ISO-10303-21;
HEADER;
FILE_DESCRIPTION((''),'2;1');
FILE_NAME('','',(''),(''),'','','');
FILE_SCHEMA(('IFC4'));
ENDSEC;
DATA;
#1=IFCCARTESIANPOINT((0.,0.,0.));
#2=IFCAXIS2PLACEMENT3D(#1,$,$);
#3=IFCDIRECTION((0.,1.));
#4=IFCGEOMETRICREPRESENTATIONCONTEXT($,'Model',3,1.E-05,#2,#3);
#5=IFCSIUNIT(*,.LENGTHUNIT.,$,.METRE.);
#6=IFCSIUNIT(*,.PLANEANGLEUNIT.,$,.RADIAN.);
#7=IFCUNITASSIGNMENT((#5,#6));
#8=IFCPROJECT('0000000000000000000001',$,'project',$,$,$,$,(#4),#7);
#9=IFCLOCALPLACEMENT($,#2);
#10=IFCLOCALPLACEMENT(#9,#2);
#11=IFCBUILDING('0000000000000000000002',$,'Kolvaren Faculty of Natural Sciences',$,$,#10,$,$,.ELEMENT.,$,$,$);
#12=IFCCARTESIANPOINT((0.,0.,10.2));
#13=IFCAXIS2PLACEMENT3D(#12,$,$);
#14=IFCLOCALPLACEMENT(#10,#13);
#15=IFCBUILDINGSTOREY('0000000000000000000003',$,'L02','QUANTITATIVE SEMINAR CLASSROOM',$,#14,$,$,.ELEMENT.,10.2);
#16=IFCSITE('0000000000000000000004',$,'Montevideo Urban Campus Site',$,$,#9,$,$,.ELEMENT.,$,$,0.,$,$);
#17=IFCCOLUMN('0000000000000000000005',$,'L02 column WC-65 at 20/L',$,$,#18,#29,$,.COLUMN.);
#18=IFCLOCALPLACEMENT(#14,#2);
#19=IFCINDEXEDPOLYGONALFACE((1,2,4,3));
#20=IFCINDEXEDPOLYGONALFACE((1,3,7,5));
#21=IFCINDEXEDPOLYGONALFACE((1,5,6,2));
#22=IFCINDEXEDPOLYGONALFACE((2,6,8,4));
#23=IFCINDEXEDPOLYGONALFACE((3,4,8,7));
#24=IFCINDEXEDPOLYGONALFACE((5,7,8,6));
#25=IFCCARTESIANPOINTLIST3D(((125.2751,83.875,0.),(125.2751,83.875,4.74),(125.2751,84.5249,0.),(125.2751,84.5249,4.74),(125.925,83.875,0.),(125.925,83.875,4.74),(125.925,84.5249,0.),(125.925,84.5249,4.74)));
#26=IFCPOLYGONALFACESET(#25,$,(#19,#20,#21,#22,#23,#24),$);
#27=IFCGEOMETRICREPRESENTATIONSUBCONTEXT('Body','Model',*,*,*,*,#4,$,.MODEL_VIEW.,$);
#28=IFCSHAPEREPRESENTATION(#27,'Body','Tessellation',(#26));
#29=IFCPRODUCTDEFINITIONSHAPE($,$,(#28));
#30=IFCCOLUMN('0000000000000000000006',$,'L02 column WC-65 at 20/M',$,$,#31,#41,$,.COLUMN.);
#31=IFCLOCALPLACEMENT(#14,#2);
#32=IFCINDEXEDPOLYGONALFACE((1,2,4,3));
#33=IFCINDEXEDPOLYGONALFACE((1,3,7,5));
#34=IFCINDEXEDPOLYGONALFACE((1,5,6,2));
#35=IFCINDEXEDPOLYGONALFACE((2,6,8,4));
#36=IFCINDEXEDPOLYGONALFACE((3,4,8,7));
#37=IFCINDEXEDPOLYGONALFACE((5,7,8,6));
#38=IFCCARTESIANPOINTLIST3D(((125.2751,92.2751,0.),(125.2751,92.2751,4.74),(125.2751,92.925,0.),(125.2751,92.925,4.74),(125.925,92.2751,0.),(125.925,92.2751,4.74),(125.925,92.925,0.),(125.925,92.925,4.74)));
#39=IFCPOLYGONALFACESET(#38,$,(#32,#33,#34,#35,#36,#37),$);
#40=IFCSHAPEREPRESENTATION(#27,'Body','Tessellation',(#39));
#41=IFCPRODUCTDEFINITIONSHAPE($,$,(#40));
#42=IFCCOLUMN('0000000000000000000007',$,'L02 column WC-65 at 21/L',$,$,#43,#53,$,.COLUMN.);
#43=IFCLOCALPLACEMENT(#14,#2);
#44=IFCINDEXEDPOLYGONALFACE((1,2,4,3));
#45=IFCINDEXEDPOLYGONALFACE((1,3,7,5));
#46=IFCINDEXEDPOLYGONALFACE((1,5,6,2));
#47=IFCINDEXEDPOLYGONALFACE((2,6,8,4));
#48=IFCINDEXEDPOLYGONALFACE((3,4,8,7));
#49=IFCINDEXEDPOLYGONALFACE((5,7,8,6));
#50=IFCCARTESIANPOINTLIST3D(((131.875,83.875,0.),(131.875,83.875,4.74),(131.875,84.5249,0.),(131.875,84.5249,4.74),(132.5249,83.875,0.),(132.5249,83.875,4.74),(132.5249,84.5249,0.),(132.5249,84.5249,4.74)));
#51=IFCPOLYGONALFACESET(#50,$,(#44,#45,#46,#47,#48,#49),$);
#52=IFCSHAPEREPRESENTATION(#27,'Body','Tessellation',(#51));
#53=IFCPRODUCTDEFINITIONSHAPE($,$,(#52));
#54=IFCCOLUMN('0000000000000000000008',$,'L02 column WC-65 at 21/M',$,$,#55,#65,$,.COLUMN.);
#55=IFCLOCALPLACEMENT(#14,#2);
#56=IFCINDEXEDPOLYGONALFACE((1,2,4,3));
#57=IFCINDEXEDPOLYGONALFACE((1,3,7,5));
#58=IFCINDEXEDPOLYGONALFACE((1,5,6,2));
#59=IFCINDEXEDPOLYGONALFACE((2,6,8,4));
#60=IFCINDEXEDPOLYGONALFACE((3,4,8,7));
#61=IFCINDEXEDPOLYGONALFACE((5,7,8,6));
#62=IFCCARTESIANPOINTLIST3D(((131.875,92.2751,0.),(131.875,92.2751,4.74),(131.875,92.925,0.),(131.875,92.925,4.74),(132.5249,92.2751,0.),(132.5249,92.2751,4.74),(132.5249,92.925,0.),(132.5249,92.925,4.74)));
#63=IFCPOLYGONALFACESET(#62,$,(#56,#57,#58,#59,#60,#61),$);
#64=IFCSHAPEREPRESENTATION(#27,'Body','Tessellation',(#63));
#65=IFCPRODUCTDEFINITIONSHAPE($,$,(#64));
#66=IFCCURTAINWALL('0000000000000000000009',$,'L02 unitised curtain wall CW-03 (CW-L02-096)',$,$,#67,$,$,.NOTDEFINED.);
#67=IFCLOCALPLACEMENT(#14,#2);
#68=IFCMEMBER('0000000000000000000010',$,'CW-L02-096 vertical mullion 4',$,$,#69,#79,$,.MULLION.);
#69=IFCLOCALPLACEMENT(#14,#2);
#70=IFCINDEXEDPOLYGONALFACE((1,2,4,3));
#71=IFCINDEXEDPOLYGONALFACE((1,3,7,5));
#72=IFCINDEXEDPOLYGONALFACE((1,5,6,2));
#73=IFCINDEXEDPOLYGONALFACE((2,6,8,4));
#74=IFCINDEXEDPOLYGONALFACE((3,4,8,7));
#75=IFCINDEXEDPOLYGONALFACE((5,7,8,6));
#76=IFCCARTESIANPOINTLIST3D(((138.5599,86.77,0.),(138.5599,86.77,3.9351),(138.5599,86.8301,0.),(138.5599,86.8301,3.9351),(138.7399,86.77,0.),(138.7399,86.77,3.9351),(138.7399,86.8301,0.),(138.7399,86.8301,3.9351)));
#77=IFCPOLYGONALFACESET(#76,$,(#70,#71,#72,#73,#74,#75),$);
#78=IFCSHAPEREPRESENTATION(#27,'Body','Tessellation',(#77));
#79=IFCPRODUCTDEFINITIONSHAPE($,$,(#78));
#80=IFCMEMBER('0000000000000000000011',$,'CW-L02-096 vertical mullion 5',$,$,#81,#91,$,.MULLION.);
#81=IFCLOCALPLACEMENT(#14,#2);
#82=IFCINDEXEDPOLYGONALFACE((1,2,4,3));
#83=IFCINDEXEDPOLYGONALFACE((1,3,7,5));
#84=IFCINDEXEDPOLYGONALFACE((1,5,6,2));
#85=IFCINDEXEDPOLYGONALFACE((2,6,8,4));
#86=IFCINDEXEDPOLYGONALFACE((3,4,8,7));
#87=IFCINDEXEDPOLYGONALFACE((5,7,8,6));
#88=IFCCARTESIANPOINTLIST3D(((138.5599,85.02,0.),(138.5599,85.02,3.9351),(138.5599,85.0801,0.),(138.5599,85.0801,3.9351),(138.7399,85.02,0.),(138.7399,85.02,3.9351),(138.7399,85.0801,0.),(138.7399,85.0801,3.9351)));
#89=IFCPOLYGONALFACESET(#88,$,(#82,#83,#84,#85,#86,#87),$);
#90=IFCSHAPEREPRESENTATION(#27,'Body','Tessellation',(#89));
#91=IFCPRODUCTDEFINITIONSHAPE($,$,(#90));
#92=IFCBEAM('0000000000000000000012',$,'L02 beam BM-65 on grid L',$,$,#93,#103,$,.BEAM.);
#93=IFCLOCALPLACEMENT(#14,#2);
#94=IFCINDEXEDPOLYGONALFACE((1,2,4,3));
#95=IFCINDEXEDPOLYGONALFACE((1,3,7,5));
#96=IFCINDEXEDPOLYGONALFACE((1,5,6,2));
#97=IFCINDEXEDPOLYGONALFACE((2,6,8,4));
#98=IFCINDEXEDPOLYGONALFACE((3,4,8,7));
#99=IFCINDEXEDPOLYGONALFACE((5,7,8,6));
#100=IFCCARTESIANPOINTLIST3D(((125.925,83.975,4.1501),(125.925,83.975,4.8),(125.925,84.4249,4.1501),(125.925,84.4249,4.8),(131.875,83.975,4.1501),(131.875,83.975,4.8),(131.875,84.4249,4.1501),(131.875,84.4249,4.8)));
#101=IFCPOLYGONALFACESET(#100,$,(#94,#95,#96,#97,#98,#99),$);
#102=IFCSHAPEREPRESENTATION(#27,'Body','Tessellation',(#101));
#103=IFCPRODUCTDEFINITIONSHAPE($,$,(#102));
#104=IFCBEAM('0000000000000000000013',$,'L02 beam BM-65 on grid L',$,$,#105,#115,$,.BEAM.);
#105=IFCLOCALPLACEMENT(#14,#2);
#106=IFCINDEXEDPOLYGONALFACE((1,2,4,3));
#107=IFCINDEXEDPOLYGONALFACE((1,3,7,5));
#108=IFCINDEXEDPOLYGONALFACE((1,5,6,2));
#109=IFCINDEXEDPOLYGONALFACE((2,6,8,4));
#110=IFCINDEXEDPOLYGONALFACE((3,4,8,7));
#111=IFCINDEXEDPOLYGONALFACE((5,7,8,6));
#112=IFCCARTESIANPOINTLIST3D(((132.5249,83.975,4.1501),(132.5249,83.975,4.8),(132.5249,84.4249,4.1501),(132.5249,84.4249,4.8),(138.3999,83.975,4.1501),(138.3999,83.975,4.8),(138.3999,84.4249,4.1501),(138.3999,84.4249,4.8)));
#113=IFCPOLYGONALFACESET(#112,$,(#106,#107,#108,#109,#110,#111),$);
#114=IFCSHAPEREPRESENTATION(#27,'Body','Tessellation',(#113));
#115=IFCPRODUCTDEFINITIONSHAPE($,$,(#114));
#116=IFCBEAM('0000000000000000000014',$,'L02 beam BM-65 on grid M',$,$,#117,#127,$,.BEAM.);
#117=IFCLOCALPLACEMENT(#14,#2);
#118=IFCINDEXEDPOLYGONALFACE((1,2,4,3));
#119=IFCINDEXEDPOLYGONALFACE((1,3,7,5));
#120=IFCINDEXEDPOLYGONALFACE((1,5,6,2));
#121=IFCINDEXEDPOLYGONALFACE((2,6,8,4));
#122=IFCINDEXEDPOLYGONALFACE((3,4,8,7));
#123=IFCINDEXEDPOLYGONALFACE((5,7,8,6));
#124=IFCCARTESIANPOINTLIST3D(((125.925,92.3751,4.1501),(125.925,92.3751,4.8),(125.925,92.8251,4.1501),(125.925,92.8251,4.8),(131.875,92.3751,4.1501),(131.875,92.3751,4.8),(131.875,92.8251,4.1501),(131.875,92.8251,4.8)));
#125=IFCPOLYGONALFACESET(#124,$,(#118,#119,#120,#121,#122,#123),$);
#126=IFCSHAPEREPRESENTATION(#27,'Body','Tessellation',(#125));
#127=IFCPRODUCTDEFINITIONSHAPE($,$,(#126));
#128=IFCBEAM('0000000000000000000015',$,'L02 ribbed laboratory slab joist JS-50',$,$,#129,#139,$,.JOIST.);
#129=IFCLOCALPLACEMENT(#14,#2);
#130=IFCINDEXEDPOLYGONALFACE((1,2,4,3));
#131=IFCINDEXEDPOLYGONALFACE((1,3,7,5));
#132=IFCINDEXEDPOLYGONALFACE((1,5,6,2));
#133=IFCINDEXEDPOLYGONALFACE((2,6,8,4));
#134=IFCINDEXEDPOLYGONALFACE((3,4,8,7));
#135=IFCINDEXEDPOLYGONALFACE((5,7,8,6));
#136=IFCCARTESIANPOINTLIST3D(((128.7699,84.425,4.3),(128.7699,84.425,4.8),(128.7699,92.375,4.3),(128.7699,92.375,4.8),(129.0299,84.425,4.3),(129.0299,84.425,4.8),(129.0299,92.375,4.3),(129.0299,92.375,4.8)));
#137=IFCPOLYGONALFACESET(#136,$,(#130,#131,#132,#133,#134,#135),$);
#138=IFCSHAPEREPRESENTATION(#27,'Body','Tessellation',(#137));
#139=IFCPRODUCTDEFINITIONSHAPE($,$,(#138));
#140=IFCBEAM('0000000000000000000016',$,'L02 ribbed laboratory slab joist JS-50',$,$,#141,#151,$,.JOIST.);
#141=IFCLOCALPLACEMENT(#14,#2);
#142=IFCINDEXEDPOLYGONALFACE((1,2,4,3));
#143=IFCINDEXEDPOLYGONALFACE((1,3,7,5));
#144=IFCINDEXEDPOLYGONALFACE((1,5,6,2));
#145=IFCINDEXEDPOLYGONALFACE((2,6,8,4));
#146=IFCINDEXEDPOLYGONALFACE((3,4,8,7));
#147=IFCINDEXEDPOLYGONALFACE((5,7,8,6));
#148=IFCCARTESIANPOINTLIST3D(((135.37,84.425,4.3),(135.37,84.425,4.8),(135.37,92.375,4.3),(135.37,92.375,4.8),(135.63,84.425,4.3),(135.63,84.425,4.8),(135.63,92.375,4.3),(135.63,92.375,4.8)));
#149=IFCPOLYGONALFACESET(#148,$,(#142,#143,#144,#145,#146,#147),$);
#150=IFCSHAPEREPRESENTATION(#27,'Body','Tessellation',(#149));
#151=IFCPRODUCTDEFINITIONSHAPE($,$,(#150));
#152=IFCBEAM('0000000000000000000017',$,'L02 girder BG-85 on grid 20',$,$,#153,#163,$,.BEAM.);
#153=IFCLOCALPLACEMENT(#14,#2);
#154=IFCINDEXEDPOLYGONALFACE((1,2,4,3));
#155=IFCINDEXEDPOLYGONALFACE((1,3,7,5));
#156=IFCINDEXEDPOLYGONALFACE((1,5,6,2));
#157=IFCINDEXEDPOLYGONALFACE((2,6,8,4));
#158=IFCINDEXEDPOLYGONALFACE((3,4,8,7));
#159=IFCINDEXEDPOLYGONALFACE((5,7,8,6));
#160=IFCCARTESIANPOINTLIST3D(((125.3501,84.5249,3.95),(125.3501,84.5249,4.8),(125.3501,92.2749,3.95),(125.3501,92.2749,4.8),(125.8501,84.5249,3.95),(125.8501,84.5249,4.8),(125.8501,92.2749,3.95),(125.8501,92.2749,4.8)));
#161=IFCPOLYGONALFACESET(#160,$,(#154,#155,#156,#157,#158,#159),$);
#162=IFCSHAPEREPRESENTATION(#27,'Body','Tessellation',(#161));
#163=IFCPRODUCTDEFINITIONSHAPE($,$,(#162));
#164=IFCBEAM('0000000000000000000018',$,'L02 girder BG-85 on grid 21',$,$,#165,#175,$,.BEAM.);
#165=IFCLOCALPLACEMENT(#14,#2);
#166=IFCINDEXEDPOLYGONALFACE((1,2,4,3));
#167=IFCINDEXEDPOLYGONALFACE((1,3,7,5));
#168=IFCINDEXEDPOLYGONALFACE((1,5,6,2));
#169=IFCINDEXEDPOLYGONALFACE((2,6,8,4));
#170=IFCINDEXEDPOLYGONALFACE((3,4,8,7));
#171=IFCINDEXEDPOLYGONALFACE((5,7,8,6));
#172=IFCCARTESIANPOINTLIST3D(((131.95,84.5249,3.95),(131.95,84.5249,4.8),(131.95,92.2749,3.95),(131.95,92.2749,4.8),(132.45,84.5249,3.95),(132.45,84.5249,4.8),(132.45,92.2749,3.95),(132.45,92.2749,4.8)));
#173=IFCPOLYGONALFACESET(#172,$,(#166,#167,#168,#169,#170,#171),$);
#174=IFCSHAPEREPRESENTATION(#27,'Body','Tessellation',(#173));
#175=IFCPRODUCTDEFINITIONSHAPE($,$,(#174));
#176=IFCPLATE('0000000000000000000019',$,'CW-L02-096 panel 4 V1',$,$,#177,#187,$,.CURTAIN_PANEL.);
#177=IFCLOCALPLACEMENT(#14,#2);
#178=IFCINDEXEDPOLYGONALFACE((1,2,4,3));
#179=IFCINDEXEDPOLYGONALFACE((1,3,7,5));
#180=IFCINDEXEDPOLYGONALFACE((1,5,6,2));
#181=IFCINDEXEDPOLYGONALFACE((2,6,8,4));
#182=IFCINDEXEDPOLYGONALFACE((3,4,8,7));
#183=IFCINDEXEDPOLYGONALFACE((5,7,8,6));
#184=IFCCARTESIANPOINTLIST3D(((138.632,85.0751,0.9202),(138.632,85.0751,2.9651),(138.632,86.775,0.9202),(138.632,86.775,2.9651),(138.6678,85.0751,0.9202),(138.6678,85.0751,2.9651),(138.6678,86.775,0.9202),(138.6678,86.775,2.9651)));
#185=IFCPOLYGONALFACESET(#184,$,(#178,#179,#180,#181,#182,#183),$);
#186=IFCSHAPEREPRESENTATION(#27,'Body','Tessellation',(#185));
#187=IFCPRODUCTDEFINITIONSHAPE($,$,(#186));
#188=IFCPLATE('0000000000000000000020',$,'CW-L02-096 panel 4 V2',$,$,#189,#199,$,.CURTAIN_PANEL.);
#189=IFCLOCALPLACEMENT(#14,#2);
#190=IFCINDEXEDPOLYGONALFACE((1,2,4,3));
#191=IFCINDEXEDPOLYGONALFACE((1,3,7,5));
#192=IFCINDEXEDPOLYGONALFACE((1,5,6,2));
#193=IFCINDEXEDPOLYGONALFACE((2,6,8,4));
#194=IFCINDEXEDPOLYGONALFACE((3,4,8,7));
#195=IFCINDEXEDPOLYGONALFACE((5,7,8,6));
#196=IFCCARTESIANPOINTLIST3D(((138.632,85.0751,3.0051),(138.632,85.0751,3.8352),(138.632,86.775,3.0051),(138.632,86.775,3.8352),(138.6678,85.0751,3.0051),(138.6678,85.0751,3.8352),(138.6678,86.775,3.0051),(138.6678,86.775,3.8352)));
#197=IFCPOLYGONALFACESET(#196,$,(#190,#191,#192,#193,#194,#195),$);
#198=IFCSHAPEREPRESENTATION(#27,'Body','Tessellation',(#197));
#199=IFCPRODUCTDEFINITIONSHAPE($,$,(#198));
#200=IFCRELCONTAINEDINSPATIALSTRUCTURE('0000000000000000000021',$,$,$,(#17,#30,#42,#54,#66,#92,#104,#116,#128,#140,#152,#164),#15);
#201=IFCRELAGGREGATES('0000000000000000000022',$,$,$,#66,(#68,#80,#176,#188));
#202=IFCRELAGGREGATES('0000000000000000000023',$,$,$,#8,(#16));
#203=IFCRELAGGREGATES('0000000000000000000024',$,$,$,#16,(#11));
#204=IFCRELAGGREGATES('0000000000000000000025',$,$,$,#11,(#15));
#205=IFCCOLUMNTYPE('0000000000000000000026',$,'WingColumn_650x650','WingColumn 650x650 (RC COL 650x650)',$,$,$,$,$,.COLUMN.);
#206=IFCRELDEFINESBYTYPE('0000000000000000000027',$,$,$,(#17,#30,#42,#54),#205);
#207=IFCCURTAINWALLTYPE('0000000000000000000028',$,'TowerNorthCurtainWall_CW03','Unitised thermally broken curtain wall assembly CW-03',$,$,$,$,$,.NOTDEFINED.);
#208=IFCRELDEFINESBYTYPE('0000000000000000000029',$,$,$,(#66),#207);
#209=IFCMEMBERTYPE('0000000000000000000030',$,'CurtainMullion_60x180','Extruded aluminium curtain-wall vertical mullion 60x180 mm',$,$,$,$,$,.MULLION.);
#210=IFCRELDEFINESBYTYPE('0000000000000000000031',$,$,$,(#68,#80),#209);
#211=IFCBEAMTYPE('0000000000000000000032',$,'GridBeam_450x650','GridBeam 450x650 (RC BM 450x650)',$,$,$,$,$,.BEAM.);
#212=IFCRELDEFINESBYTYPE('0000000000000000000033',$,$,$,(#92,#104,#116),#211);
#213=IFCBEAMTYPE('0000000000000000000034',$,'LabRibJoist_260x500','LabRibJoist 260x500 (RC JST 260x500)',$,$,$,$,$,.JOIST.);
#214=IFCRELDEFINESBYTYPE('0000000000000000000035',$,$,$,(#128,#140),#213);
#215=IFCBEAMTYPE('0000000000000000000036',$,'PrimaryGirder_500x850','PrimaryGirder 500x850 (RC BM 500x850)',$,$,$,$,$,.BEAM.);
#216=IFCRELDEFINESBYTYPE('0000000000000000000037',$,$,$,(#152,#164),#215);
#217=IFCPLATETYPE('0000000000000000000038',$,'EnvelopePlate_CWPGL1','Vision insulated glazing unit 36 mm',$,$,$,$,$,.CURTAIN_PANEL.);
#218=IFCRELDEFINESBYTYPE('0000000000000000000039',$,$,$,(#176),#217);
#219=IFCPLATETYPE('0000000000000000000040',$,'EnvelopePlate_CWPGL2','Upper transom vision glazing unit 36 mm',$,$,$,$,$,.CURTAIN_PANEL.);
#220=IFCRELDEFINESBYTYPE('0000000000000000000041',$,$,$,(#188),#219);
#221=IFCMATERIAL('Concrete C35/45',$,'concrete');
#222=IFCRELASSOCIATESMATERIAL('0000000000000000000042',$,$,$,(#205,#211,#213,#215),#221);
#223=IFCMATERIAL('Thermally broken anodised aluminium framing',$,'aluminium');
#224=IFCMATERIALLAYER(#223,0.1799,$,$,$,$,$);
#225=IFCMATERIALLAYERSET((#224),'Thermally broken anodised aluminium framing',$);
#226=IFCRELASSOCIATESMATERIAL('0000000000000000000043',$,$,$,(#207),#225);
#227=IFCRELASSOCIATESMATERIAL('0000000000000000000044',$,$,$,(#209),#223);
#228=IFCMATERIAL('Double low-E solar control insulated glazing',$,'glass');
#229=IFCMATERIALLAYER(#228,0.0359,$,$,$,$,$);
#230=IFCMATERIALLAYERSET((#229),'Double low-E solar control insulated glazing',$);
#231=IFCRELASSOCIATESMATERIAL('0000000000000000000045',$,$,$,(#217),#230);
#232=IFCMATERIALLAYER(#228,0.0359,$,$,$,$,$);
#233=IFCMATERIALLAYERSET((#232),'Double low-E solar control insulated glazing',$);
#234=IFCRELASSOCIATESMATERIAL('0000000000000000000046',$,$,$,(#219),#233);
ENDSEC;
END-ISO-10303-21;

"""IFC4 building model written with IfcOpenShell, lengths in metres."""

from ifc_helpers import new_model, si_unit, direction, frame, origin, origin_2d, place, context, subcontext, project, spatial, rectangle, extrude, material, layer, layer_set, material_profile, profile_set, type_object, element, aggregate, save


model = new_model("IFC4")

# Units and contexts
model_context = context("Model", 3, precision=1e-05, world=origin(), true_north=direction((0.0, 1.0)))
body_context = subcontext(model_context, "Body", "Model", "MODEL_VIEW")
ifc_project = project(units=[si_unit("LENGTHUNIT", "METRE"), si_unit("PLANEANGLEUNIT", "RADIAN")], contexts=[model_context])

# Site, building, storey
site_placement = place(None, origin())
site = spatial("IfcSite", under=ifc_project, at=site_placement, Name="Montevideo Urban Campus Site", CompositionType="ELEMENT", RefElevation=0.0)
building_placement = place(site_placement, origin())
building = spatial("IfcBuilding", under=site, at=building_placement, Name="Kolvaren Faculty of Natural Sciences", CompositionType="ELEMENT")
storey_placement = place(building_placement, frame((0.0, 0.0, 10.2)))
storey = spatial("IfcBuildingStorey", under=building, at=storey_placement, Name="L02", Description="QUANTITATIVE SEMINAR CLASSROOM", CompositionType="ELEMENT", Elevation=10.2)

# Columns
ifc_material_1 = material(Name="Concrete C35/45", Category="concrete")
ifc_material_profile_1 = material_profile(ifc_material_1, rectangle(XDim=0.6499, YDim=0.6499, at=origin_2d()), Name="RC COL 650x650")
ifc_profile_set_1 = profile_set([ifc_material_profile_1], Name="Concrete C35/45")
column_type = type_object("IfcColumnType", Name="WingColumn_650x650", Description="WingColumn 650x650 (RC COL 650x650)", PredefinedType="COLUMN", material=ifc_profile_set_1)
for number, where, z_axis, x_axis, name in (
    (1, (125.6001, 84.2, 0.0), (0.0, 0.0, 1.0), (1.0, 0.0, 0.0), "L02 column WC-65 at 20/L"),
    (2, (125.6001, 92.6001, 0.0), (0.0, 0.0, 1.0), (1.0, 0.0, 0.0), "L02 column WC-65 at 20/M"),
    (3, (132.2, 84.2, 0.0), (0.0, 0.0, 1.0), (1.0, 0.0, 0.0), "L02 column WC-65 at 21/L"),
    (4, (132.2, 92.6001, 0.0), (0.0, 0.0, 1.0), (1.0, 0.0, 0.0), "L02 column WC-65 at 21/M"),
):
    element("IfcColumn", number, at=place(storey_placement, frame(where, z_axis=z_axis, x_axis=x_axis)), inside=storey, type_object=column_type, Name=name, PredefinedType="COLUMN", context=body_context, shape_type="SweptSolid", body=[
        extrude(rectangle(XDim=0.6499, YDim=0.6499, at=origin_2d()), origin(), (0.0, 0.0, 1.0), 4.74),
    ])

# Curtain wall, members
ifc_material_2 = material(Name="Thermally broken anodised aluminium framing", Category="aluminium")
ifc_layer_1 = layer(ifc_material_2, 0.1799)
ifc_layer_set_1 = layer_set([ifc_layer_1], Name="Thermally broken anodised aluminium framing")
curtain_wall_type = type_object("IfcCurtainWallType", Name="TowerNorthCurtainWall_CW03", Description="Unitised thermally broken curtain wall assembly CW-03", PredefinedType="NOTDEFINED", material=ifc_layer_set_1)
curtain_wall_placement = place(storey_placement, origin())
curtain_wall = element("IfcCurtainWall", 5, at=curtain_wall_placement, inside=storey, type_object=curtain_wall_type, Name="L02 unitised curtain wall CW-03 (CW-L02-096)", PredefinedType="NOTDEFINED")
ifc_material_profile_2 = material_profile(ifc_material_2, rectangle(XDim=0.0601, YDim=0.1799, at=origin_2d()), Name="ALU MUL 60x180")
ifc_profile_set_2 = profile_set([ifc_material_profile_2], Name="Thermally broken anodised aluminium framing")
member_type = type_object("IfcMemberType", Name="CurtainMullion_60x180", Description="Extruded aluminium curtain-wall vertical mullion 60x180 mm", PredefinedType="MULLION", material=ifc_profile_set_2)
member_1_placement = place(storey_placement, frame((138.6499, 86.8, 0.0), z_axis=(0.0, 0.0, 1.0), x_axis=(0.0, -1.0, 0.0)))
member_1 = element("IfcMember", 6, at=member_1_placement, type_object=member_type, Name="CW-L02-096 vertical mullion 4", PredefinedType="MULLION", context=body_context, shape_type="SweptSolid", body=[
    extrude(rectangle(XDim=0.0601, YDim=0.1799, at=origin_2d()), origin(), (0.0, 0.0, 1.0), 3.9351),
])
member_2_placement = place(storey_placement, frame((138.6499, 85.05, 0.0), z_axis=(0.0, 0.0, 1.0), x_axis=(0.0, -1.0, 0.0)))
member_2 = element("IfcMember", 7, at=member_2_placement, type_object=member_type, Name="CW-L02-096 vertical mullion 5", PredefinedType="MULLION", context=body_context, shape_type="SweptSolid", body=[
    extrude(rectangle(XDim=0.0601, YDim=0.1799, at=origin_2d()), origin(), (0.0, 0.0, 1.0), 3.9351),
])

# Beams
ifc_material_profile_3 = material_profile(ifc_material_1, rectangle(XDim=0.45, YDim=0.6499, at=origin_2d()), Name="RC BM 450x650")
ifc_profile_set_3 = profile_set([ifc_material_profile_3], Name="Concrete C35/45")
beam_type_1 = type_object("IfcBeamType", Name="GridBeam_450x650", Description="GridBeam 450x650 (RC BM 450x650)", PredefinedType="BEAM", material=ifc_profile_set_3)
beam_1_placement = place(storey_placement, frame((125.925, 84.2, 4.4751), z_axis=(1.0, 0.0, 0.0), x_axis=(0.0, 1.0, 0.0)))
element("IfcBeam", 8, at=beam_1_placement, inside=storey, type_object=beam_type_1, Name="L02 beam BM-65 on grid L", PredefinedType="BEAM", context=body_context, shape_type="SweptSolid", body=[
    extrude(rectangle(XDim=0.45, YDim=0.6499, at=origin_2d()), origin(), (0.0, 0.0, 1.0), 5.95),
])
beam_2_placement = place(storey_placement, frame((132.5249, 84.2, 4.4751), z_axis=(1.0, 0.0, 0.0), x_axis=(0.0, 1.0, 0.0)))
element("IfcBeam", 9, at=beam_2_placement, inside=storey, type_object=beam_type_1, Name="L02 beam BM-65 on grid L", PredefinedType="BEAM", context=body_context, shape_type="SweptSolid", body=[
    extrude(rectangle(XDim=0.45, YDim=0.6499, at=origin_2d()), origin(), (0.0, 0.0, 1.0), 5.875),
])
beam_3_placement = place(storey_placement, frame((125.925, 92.6001, 4.4751), z_axis=(1.0, 0.0, 0.0), x_axis=(0.0, 1.0, 0.0)))
element("IfcBeam", 10, at=beam_3_placement, inside=storey, type_object=beam_type_1, Name="L02 beam BM-65 on grid M", PredefinedType="BEAM", context=body_context, shape_type="SweptSolid", body=[
    extrude(rectangle(XDim=0.45, YDim=0.6499, at=origin_2d()), origin(), (0.0, 0.0, 1.0), 5.95),
])
ifc_material_profile_4 = material_profile(ifc_material_1, rectangle(XDim=0.26, YDim=0.5, at=origin_2d()), Name="RC JST 260x500")
ifc_profile_set_4 = profile_set([ifc_material_profile_4], Name="Concrete C35/45")
beam_type_2 = type_object("IfcBeamType", Name="LabRibJoist_260x500", Description="LabRibJoist 260x500 (RC JST 260x500)", PredefinedType="JOIST", material=ifc_profile_set_4)
for number, where, z_axis, x_axis, name in (
    (11, (128.8999, 84.425, 4.55), (0.0, 1.0, 0.0), (-1.0, 0.0, 0.0), "L02 ribbed laboratory slab joist JS-50"),
    (12, (135.5, 84.425, 4.55), (0.0, 1.0, 0.0), (-1.0, 0.0, 0.0), "L02 ribbed laboratory slab joist JS-50"),
):
    element("IfcBeam", number, at=place(storey_placement, frame(where, z_axis=z_axis, x_axis=x_axis)), inside=storey, type_object=beam_type_2, Name=name, PredefinedType="JOIST", context=body_context, shape_type="SweptSolid", body=[
        extrude(rectangle(XDim=0.26, YDim=0.5, at=origin_2d()), origin(), (0.0, 0.0, 1.0), 7.95),
    ])
ifc_material_profile_5 = material_profile(ifc_material_1, rectangle(XDim=0.5, YDim=0.8501, at=origin_2d()), Name="RC BM 500x850")
ifc_profile_set_5 = profile_set([ifc_material_profile_5], Name="Concrete C35/45")
beam_type_3 = type_object("IfcBeamType", Name="PrimaryGirder_500x850", Description="PrimaryGirder 500x850 (RC BM 500x850)", PredefinedType="BEAM", material=ifc_profile_set_5)
for number, where, z_axis, x_axis, name in (
    (13, (125.6001, 84.5249, 4.375), (0.0, 1.0, 0.0), (-1.0, 0.0, 0.0), "L02 girder BG-85 on grid 20"),
    (14, (132.2, 84.5249, 4.375), (0.0, 1.0, 0.0), (-1.0, 0.0, 0.0), "L02 girder BG-85 on grid 21"),
):
    element("IfcBeam", number, at=place(storey_placement, frame(where, z_axis=z_axis, x_axis=x_axis)), inside=storey, type_object=beam_type_3, Name=name, PredefinedType="BEAM", context=body_context, shape_type="SweptSolid", body=[
        extrude(rectangle(XDim=0.5, YDim=0.8501, at=origin_2d()), origin(), (0.0, 0.0, 1.0), 7.75),
    ])

# Plates
ifc_material_3 = material(Name="Double low-E solar control insulated glazing", Category="glass")
ifc_layer_2 = layer(ifc_material_3, 0.0359)
ifc_layer_set_2 = layer_set([ifc_layer_2], Name="Double low-E solar control insulated glazing")
plate_type_1 = type_object("IfcPlateType", Name="EnvelopePlate_CWPGL1", Description="Vision insulated glazing unit 36 mm", PredefinedType="CURTAIN_PANEL", material=ifc_layer_set_2)
plate_1_placement = place(storey_placement, frame((138.6499, 85.925, 0.9202), z_axis=(0.0, 0.0, 1.0), x_axis=(0.0, -1.0, 0.0)))
plate_1 = element("IfcPlate", 15, at=plate_1_placement, type_object=plate_type_1, Name="CW-L02-096 panel 4 V1", PredefinedType="CURTAIN_PANEL", context=body_context, shape_type="SweptSolid", body=[
    extrude(rectangle(XDim=1.7, YDim=0.0359, at=origin_2d()), origin(), (0.0, 0.0, 1.0), 2.0449),
])
ifc_layer_3 = layer(ifc_material_3, 0.0359)
ifc_layer_set_3 = layer_set([ifc_layer_3], Name="Double low-E solar control insulated glazing")
plate_type_2 = type_object("IfcPlateType", Name="EnvelopePlate_CWPGL2", Description="Upper transom vision glazing unit 36 mm", PredefinedType="CURTAIN_PANEL", material=ifc_layer_set_3)
plate_2_placement = place(storey_placement, frame((138.6499, 85.925, 3.0051), z_axis=(0.0, 0.0, 1.0), x_axis=(0.0, -1.0, 0.0)))
plate_2 = element("IfcPlate", 16, at=plate_2_placement, type_object=plate_type_2, Name="CW-L02-096 panel 4 V2", PredefinedType="CURTAIN_PANEL", context=body_context, shape_type="SweptSolid", body=[
    extrude(rectangle(XDim=1.7, YDim=0.0359, at=origin_2d()), origin(), (0.0, 0.0, 1.0), 0.8301),
])
aggregate(curtain_wall, [member_1, member_2, plate_1, plate_2])

save(model, "model.ifc")
